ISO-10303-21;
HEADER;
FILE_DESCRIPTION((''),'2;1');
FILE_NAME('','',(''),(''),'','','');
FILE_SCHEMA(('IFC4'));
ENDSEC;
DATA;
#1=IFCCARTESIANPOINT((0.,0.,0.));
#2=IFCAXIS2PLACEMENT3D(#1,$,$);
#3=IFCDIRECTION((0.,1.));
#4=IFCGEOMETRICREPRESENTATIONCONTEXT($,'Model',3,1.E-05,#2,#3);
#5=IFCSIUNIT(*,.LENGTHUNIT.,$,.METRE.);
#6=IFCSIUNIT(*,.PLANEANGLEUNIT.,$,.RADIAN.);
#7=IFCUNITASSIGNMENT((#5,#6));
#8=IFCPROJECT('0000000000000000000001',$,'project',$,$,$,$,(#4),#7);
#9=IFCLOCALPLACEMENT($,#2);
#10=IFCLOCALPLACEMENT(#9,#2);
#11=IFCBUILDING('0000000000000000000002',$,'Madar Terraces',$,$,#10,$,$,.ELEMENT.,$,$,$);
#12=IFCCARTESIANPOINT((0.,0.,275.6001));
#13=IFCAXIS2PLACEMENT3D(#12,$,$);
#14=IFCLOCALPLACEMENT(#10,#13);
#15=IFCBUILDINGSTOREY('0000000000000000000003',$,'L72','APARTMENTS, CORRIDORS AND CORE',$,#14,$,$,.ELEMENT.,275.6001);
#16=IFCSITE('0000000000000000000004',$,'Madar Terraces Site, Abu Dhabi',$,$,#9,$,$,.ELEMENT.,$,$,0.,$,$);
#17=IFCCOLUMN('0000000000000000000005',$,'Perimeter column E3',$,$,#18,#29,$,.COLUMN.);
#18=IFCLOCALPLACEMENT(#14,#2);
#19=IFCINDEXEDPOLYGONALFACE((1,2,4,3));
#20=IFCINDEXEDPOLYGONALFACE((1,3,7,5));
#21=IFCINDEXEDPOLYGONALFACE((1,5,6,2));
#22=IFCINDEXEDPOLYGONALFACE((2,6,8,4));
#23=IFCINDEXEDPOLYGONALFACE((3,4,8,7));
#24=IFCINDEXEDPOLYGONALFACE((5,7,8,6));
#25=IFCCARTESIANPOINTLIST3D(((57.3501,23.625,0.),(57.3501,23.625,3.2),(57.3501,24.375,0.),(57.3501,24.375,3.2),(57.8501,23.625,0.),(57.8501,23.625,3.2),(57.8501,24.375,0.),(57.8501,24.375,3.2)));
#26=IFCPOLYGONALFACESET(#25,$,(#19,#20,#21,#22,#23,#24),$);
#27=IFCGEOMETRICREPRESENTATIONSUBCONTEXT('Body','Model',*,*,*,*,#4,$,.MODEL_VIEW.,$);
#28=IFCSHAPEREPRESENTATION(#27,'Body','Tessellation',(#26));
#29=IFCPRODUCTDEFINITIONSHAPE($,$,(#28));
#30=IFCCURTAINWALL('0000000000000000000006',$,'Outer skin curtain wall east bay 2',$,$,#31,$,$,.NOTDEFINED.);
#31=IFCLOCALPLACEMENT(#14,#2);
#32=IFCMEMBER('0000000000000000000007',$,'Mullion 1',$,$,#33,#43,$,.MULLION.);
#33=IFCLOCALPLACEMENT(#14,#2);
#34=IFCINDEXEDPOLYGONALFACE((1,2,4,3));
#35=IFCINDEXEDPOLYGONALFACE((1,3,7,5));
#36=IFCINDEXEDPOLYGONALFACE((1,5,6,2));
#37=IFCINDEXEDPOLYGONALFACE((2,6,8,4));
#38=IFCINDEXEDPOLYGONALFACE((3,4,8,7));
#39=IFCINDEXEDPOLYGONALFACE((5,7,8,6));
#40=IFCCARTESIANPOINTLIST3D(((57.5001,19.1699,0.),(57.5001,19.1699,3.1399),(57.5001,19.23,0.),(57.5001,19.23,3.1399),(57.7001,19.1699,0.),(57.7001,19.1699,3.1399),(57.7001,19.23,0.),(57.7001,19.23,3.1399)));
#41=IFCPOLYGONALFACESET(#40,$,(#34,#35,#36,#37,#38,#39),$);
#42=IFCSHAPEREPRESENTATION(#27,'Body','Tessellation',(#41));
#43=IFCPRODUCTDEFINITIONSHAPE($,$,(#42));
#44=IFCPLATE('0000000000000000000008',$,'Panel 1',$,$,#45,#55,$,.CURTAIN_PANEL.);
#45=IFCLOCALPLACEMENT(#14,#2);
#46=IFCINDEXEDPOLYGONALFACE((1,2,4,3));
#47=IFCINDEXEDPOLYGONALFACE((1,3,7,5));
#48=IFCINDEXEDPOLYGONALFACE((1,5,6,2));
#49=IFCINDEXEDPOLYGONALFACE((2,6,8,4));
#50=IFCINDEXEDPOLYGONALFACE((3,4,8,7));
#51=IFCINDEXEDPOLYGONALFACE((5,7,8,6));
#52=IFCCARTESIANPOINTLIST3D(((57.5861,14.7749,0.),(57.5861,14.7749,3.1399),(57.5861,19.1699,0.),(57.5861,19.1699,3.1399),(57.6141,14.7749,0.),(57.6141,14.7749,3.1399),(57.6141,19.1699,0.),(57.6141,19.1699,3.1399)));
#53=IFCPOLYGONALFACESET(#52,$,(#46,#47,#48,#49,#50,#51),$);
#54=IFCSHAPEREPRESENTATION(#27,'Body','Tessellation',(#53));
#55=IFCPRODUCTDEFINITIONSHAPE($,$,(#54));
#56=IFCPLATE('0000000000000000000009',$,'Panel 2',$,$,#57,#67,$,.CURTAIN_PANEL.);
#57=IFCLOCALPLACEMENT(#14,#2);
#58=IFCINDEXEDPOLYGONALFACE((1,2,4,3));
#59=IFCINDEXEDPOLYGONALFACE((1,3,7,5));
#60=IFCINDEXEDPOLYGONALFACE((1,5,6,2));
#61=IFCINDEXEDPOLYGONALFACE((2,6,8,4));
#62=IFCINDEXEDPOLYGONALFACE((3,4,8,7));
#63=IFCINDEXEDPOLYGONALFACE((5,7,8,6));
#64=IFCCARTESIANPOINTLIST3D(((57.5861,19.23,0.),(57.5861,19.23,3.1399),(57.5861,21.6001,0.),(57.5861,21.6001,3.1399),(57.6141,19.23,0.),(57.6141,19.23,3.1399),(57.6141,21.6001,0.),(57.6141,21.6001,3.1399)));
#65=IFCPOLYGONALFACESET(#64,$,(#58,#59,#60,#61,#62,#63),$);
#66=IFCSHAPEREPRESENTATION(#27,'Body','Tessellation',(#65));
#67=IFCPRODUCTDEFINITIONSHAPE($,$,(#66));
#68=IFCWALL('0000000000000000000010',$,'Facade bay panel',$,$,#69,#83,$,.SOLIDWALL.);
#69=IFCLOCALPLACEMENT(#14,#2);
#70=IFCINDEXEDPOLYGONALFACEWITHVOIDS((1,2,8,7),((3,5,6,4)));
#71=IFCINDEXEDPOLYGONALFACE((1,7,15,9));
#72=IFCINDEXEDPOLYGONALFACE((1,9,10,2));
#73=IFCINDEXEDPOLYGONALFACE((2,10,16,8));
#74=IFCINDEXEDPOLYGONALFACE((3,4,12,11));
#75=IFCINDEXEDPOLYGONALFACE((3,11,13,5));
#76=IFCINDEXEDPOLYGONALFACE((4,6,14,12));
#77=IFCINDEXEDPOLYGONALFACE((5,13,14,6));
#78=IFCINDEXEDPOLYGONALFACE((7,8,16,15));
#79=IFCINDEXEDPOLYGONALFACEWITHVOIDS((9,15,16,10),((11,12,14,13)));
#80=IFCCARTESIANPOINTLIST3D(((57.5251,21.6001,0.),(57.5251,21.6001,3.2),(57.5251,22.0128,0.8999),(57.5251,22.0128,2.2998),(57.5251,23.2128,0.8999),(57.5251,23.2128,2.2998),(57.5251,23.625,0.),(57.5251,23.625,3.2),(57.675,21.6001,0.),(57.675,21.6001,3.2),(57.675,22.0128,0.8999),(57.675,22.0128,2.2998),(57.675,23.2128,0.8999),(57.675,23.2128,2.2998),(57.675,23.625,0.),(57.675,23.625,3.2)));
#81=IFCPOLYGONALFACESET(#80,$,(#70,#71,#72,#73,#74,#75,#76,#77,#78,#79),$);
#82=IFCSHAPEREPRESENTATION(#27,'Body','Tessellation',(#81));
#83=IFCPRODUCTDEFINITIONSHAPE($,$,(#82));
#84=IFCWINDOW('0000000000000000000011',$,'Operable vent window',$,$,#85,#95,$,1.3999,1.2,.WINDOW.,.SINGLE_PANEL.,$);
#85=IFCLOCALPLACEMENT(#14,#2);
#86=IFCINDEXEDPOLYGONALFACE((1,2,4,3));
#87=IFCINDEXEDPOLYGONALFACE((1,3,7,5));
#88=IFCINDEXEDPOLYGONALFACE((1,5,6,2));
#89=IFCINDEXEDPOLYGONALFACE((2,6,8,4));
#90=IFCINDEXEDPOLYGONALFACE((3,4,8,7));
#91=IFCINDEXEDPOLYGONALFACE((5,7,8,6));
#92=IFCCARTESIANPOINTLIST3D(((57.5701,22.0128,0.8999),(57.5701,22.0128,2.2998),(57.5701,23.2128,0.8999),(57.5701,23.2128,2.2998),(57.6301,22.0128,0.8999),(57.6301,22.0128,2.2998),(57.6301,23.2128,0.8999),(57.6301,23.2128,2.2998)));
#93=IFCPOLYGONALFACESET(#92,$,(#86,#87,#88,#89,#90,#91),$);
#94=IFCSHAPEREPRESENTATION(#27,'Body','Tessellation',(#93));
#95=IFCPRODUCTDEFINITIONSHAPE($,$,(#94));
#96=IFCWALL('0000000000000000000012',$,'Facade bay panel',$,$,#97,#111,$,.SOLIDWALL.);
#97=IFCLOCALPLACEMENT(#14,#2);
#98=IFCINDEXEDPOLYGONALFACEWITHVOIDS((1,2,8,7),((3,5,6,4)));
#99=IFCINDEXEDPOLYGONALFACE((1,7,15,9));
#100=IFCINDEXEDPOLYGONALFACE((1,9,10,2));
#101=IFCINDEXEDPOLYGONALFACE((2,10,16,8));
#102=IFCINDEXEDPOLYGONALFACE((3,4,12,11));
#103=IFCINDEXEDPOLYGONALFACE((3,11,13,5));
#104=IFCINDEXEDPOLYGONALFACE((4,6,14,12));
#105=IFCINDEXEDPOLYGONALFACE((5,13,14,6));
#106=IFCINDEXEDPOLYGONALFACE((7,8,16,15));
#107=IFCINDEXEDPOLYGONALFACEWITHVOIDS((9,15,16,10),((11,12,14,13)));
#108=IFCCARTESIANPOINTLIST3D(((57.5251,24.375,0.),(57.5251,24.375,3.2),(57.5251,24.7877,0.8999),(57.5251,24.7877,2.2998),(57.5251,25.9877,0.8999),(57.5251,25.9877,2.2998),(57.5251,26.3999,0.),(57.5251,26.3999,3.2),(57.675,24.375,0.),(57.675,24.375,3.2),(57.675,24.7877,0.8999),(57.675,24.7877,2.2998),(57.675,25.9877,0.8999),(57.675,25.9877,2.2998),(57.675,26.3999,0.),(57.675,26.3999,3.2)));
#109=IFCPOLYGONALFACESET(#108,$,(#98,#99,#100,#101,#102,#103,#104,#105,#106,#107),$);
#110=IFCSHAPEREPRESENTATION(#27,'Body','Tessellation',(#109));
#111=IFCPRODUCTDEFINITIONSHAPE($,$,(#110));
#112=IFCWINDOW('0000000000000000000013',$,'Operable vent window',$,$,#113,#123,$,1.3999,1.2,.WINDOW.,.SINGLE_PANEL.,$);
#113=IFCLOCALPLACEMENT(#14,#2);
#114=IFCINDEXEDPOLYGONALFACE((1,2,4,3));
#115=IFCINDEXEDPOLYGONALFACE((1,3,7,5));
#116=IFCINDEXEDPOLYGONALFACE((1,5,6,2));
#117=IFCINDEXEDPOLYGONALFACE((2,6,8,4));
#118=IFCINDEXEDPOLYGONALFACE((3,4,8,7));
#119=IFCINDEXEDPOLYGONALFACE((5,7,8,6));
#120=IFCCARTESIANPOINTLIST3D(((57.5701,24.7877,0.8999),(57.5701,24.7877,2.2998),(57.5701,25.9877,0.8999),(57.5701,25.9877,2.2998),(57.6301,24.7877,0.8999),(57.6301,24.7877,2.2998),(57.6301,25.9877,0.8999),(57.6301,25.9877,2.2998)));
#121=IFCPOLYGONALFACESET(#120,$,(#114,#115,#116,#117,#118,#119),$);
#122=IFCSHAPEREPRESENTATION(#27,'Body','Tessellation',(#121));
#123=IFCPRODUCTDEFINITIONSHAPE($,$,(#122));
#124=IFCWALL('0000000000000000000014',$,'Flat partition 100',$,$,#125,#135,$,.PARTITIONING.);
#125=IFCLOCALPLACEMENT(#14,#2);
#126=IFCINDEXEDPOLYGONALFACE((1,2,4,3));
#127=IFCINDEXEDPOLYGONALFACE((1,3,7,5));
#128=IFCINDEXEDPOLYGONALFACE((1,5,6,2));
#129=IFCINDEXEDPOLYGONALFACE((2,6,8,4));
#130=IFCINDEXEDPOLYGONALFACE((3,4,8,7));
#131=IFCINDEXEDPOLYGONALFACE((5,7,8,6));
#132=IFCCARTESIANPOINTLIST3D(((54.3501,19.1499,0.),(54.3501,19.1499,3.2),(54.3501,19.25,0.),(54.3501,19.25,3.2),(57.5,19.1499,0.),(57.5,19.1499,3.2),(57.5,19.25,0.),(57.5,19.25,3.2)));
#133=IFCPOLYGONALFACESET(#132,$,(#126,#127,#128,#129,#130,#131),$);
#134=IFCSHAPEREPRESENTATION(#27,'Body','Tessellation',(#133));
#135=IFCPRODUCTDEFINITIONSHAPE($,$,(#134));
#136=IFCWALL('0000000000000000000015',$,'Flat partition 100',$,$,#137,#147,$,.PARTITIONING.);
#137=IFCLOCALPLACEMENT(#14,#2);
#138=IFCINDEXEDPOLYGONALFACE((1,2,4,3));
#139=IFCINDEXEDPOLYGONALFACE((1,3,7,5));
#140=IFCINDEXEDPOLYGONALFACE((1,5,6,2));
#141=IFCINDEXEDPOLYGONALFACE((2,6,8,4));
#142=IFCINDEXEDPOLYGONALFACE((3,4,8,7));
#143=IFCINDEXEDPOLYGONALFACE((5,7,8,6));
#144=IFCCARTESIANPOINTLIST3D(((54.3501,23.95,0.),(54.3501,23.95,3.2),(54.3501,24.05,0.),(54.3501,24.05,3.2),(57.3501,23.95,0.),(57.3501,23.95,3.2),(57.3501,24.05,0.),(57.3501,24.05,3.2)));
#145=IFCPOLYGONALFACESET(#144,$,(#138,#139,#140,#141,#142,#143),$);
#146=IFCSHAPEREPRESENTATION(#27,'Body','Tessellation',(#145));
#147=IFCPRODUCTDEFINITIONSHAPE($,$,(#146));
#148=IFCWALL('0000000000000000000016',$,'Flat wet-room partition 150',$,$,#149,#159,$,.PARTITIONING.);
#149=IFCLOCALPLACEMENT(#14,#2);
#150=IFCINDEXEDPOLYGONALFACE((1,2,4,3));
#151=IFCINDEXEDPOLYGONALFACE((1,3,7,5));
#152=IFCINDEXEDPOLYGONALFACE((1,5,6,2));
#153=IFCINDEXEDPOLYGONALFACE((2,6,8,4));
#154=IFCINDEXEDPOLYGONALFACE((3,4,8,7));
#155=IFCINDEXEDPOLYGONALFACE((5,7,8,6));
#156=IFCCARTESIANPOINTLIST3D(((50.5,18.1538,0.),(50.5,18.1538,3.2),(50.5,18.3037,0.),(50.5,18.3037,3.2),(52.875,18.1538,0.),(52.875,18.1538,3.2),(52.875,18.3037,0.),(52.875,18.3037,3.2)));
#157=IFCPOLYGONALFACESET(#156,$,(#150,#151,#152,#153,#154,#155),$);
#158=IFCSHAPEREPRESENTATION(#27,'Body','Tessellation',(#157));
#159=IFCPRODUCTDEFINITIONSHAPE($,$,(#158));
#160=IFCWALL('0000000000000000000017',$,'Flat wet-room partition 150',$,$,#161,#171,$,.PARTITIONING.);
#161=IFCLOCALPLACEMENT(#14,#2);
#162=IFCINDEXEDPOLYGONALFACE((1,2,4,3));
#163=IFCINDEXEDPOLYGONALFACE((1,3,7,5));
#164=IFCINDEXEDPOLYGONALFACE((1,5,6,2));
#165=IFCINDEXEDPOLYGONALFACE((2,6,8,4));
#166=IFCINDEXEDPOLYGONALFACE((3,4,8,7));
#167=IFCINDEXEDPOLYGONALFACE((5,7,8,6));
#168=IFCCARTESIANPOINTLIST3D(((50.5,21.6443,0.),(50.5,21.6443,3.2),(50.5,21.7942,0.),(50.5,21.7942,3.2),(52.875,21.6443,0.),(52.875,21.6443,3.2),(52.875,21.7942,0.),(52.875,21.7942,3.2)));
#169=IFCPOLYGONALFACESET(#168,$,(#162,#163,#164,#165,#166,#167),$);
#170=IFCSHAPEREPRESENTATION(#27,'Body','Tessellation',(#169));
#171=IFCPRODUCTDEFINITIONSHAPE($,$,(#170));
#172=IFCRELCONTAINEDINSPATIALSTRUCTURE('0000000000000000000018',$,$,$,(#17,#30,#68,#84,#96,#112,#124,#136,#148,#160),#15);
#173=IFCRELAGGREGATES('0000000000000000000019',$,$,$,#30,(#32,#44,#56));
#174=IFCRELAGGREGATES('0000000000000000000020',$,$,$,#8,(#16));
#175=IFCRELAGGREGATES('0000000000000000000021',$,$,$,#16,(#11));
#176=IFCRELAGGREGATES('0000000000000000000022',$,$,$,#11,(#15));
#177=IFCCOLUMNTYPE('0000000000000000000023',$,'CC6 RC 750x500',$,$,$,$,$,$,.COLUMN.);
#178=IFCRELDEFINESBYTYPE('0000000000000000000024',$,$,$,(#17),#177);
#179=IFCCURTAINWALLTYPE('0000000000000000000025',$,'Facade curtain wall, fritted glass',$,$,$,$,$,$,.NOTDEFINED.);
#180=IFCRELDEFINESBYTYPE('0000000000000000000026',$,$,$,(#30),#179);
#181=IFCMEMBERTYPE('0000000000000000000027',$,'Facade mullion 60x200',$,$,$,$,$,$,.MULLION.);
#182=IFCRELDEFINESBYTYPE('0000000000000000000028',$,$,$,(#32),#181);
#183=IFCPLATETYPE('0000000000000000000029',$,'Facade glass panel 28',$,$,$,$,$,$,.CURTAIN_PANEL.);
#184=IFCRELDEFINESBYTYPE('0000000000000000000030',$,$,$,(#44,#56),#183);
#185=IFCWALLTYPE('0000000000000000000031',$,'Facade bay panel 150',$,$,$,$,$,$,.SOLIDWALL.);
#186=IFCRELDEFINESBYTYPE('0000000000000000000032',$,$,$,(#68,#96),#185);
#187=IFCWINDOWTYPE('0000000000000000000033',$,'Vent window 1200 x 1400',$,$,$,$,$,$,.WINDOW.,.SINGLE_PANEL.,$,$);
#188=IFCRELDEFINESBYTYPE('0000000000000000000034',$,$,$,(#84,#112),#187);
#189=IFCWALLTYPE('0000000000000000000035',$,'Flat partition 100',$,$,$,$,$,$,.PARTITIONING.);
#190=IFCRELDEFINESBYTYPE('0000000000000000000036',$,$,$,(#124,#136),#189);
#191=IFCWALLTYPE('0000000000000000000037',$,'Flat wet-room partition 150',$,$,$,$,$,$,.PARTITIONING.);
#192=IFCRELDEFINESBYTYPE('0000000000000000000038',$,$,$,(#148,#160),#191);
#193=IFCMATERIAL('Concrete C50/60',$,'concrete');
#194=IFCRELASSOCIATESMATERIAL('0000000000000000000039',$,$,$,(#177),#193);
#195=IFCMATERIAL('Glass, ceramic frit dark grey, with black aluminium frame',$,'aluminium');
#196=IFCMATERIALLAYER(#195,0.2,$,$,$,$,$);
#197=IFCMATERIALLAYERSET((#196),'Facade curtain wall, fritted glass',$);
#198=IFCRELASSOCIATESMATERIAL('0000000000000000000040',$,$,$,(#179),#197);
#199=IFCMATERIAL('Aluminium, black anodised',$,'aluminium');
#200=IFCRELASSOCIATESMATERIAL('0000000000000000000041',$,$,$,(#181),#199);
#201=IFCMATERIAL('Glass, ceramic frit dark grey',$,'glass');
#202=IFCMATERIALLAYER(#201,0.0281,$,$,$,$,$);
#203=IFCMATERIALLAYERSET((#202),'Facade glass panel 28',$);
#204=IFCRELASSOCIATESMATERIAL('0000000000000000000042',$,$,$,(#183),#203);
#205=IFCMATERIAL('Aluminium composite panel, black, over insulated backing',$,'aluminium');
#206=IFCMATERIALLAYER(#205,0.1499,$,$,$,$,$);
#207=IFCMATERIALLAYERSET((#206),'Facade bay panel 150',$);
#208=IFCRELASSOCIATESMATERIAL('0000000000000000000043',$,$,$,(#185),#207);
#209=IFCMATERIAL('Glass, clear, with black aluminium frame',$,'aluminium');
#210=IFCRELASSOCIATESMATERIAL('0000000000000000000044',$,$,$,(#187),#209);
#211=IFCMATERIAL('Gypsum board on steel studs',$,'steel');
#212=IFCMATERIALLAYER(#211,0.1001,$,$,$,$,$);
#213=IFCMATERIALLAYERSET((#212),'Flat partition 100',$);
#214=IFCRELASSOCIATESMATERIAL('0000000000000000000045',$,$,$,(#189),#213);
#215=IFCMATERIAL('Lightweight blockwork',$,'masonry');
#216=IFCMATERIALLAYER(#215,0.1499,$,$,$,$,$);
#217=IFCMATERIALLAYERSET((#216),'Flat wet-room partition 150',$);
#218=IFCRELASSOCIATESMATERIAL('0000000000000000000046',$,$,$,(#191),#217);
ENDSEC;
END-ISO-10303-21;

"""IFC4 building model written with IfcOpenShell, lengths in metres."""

from ifc_helpers import new_model, si_unit, direction, frame, frame_2d, origin, origin_2d, place, context, subcontext, project, spatial, rectangle, extrude, material, layer, layer_set, material_profile, profile_set, type_object, element, fill, aggregate, save


model = new_model("IFC4")

# Units and contexts
model_context = context("Model", 3, precision=1e-05, world=origin(), true_north=direction((0.0, 1.0)))
body_context = subcontext(model_context, "Body", "Model", "MODEL_VIEW")
ifc_project = project(units=[si_unit("LENGTHUNIT", "METRE"), si_unit("PLANEANGLEUNIT", "RADIAN")], contexts=[model_context])

# Site, building, storey
site_placement = place(None, origin())
site = spatial("IfcSite", under=ifc_project, at=site_placement, Name="Madar Terraces Site, Abu Dhabi", CompositionType="ELEMENT", RefElevation=0.0)
building_placement = place(site_placement, origin())
building = spatial("IfcBuilding", under=site, at=building_placement, Name="Madar Terraces", CompositionType="ELEMENT")
storey_placement = place(building_placement, frame((0.0, 0.0, 275.6001)))
storey = spatial("IfcBuildingStorey", under=building, at=storey_placement, Name="L72", Description="APARTMENTS, CORRIDORS AND CORE", CompositionType="ELEMENT", Elevation=275.6001)

# Column
ifc_material_1 = material(Name="Concrete C50/60", Category="concrete")
ifc_material_profile_1 = material_profile(ifc_material_1, rectangle(XDim=0.75, YDim=0.5, at=origin_2d()), Name="CC6 RC 750x500")
ifc_profile_set_1 = profile_set([ifc_material_profile_1], Name="Concrete C50/60")
column_type = type_object("IfcColumnType", Name="CC6 RC 750x500", PredefinedType="COLUMN", material=ifc_profile_set_1)
column_placement = place(storey_placement, frame((57.6001, 24.0, 0.0), z_axis=(0.0, 0.0, 1.0), x_axis=(0.0, 1.0, 0.0)))
element("IfcColumn", 1, at=column_placement, inside=storey, type_object=column_type, Name="Perimeter column E3", PredefinedType="COLUMN", context=body_context, shape_type="SweptSolid", body=[
    extrude(rectangle(XDim=0.75, YDim=0.5, at=origin_2d()), origin(), (0.0, 0.0, 1.0), 3.2),
])

# Curtain wall, member, plates
ifc_material_2 = material(Name="Glass, ceramic frit dark grey, with black aluminium frame", Category="aluminium")
ifc_layer_1 = layer(ifc_material_2, 0.2)
ifc_layer_set_1 = layer_set([ifc_layer_1], Name="Facade curtain wall, fritted glass")
curtain_wall_type = type_object("IfcCurtainWallType", Name="Facade curtain wall, fritted glass", PredefinedType="NOTDEFINED", material=ifc_layer_set_1)
curtain_wall_placement = place(storey_placement, origin())
curtain_wall = element("IfcCurtainWall", 2, at=curtain_wall_placement, inside=storey, type_object=curtain_wall_type, Name="Outer skin curtain wall east bay 2", PredefinedType="NOTDEFINED")
ifc_material_3 = material(Name="Aluminium, black anodised", Category="aluminium")
ifc_material_profile_2 = material_profile(ifc_material_3, rectangle(XDim=0.2, YDim=0.0601, at=origin_2d()), Name="Facade mullion 60x200")
ifc_profile_set_2 = profile_set([ifc_material_profile_2], Name="Aluminium, black anodised")
member_type = type_object("IfcMemberType", Name="Facade mullion 60x200", PredefinedType="MULLION", material=ifc_profile_set_2)
member_placement = place(storey_placement, frame((57.6001, 19.2, 0.0), z_axis=(0.0, 0.0, 1.0), x_axis=(-1.0, 0.0, 0.0)))
member = element("IfcMember", 3, at=member_placement, type_object=member_type, Name="Mullion 1", PredefinedType="MULLION", context=body_context, shape_type="SweptSolid", body=[
    extrude(rectangle(XDim=0.2, YDim=0.0601, at=origin_2d()), origin(), (0.0, 0.0, 1.0), 3.1399),
])
ifc_material_4 = material(Name="Glass, ceramic frit dark grey", Category="glass")
ifc_layer_2 = layer(ifc_material_4, 0.0281)
ifc_layer_set_2 = layer_set([ifc_layer_2], Name="Facade glass panel 28")
plate_type = type_object("IfcPlateType", Name="Facade glass panel 28", PredefinedType="CURTAIN_PANEL", material=ifc_layer_set_2)
plate_1_placement = place(storey_placement, frame((57.6001, 16.9724, 0.0), z_axis=(0.0, 0.0, 1.0), x_axis=(0.0, 1.0, 0.0)))
plate_1 = element("IfcPlate", 4, at=plate_1_placement, type_object=plate_type, Name="Panel 1", PredefinedType="CURTAIN_PANEL", context=body_context, shape_type="SweptSolid", body=[
    extrude(rectangle(XDim=4.395, YDim=0.0281, at=origin_2d()), origin(), (0.0, 0.0, 1.0), 3.1399),
])
plate_2_placement = place(storey_placement, frame((57.6001, 20.415, 0.0), z_axis=(0.0, 0.0, 1.0), x_axis=(0.0, 1.0, 0.0)))
plate_2 = element("IfcPlate", 5, at=plate_2_placement, type_object=plate_type, Name="Panel 2", PredefinedType="CURTAIN_PANEL", context=body_context, shape_type="SweptSolid", body=[
    extrude(rectangle(XDim=2.3701, YDim=0.0281, at=origin_2d()), origin(), (0.0, 0.0, 1.0), 3.1399),
])
aggregate(curtain_wall, [member, plate_1, plate_2])

# Walls, openings, windows
ifc_material_5 = material(Name="Aluminium composite panel, black, over insulated backing", Category="aluminium")
ifc_layer_3 = layer(ifc_material_5, 0.1499)
ifc_layer_set_3 = layer_set([ifc_layer_3], Name="Facade bay panel 150")
wall_type_1 = type_object("IfcWallType", Name="Facade bay panel 150", PredefinedType="SOLIDWALL", material=ifc_layer_set_3)
wall_1_placement = place(storey_placement, frame((57.6001, 21.6001, 0.0), z_axis=(0.0, 0.0, 1.0), x_axis=(0.0, 1.0, 0.0)))
wall_1 = element("IfcWall", 6, at=wall_1_placement, inside=storey, type_object=wall_type_1, Name="Facade bay panel", PredefinedType="SOLIDWALL", context=body_context, shape_type="SweptSolid", body=[
    extrude(rectangle(XDim=2.0249, YDim=0.1499, at=frame_2d((1.0125, 0.0))), origin(), (0.0, 0.0, 1.0), 3.2),
])
opening_1_placement = place(wall_1_placement, frame((0.4126, 0.0, 0.8999)))
opening_1 = element("IfcOpeningElement", 7, at=opening_1_placement, cuts=wall_1, PredefinedType="OPENING", context=body_context, shape_type="SweptSolid", body=[
    extrude(rectangle(XDim=1.2, YDim=1.3999, at=frame_2d((0.6001, 0.7))), frame((0.0, 0.085, 0.0), z_axis=(0.0, -1.0, 0.0), x_axis=(1.0, 0.0, 0.0)), (0.0, 0.0, 1.0), 0.1699),
])
ifc_material_6 = material(Name="Glass, clear, with black aluminium frame", Category="aluminium")
window_type = type_object("IfcWindowType", Name="Vent window 1200 x 1400", PartitioningType="SINGLE_PANEL", PredefinedType="WINDOW", material=ifc_material_6)
window_1_placement = place(opening_1_placement, origin())
window_1 = element("IfcWindow", 8, at=window_1_placement, inside=storey, type_object=window_type, Name="Operable vent window", OverallHeight=1.3999, OverallWidth=1.2, PartitioningType="SINGLE_PANEL", PredefinedType="WINDOW", context=body_context, shape_type="SweptSolid", body=[
    extrude(rectangle(XDim=1.2, YDim=1.3999, at=frame_2d((0.6001, 0.7))), frame((0.0, 0.03, 0.0), z_axis=(0.0, -1.0, 0.0), x_axis=(1.0, 0.0, 0.0)), (0.0, 0.0, 1.0), 0.0601),
])
fill(opening_1, window_1)
wall_2_placement = place(storey_placement, frame((57.6001, 24.375, 0.0), z_axis=(0.0, 0.0, 1.0), x_axis=(0.0, 1.0, 0.0)))
wall_2 = element("IfcWall", 9, at=wall_2_placement, inside=storey, type_object=wall_type_1, Name="Facade bay panel", PredefinedType="SOLIDWALL", context=body_context, shape_type="SweptSolid", body=[
    extrude(rectangle(XDim=2.0249, YDim=0.1499, at=frame_2d((1.0125, 0.0))), origin(), (0.0, 0.0, 1.0), 3.2),
])
opening_2_placement = place(wall_2_placement, frame((0.4126, 0.0, 0.8999)))
opening_2 = element("IfcOpeningElement", 10, at=opening_2_placement, cuts=wall_2, PredefinedType="OPENING", context=body_context, shape_type="SweptSolid", body=[
    extrude(rectangle(XDim=1.2, YDim=1.3999, at=frame_2d((0.6001, 0.7))), frame((0.0, 0.085, 0.0), z_axis=(0.0, -1.0, 0.0), x_axis=(1.0, 0.0, 0.0)), (0.0, 0.0, 1.0), 0.1699),
])
window_2_placement = place(opening_2_placement, origin())
window_2 = element("IfcWindow", 11, at=window_2_placement, inside=storey, type_object=window_type, Name="Operable vent window", OverallHeight=1.3999, OverallWidth=1.2, PartitioningType="SINGLE_PANEL", PredefinedType="WINDOW", context=body_context, shape_type="SweptSolid", body=[
    extrude(rectangle(XDim=1.2, YDim=1.3999, at=frame_2d((0.6001, 0.7))), frame((0.0, 0.03, 0.0), z_axis=(0.0, -1.0, 0.0), x_axis=(1.0, 0.0, 0.0)), (0.0, 0.0, 1.0), 0.0601),
])
fill(opening_2, window_2)

# Walls
ifc_material_7 = material(Name="Gypsum board on steel studs", Category="steel")
ifc_layer_4 = layer(ifc_material_7, 0.1001)
ifc_layer_set_4 = layer_set([ifc_layer_4], Name="Flat partition 100")
wall_type_2 = type_object("IfcWallType", Name="Flat partition 100", PredefinedType="PARTITIONING", material=ifc_layer_set_4)
wall_3_placement = place(storey_placement, frame((54.3501, 19.2, 0.0), z_axis=(0.0, 0.0, 1.0), x_axis=(1.0, 0.0, 0.0)))
element("IfcWall", 12, at=wall_3_placement, inside=storey, type_object=wall_type_2, Name="Flat partition 100", PredefinedType="PARTITIONING", context=body_context, shape_type="SweptSolid", body=[
    extrude(rectangle(XDim=3.1499, YDim=0.1001, at=frame_2d((1.575, 0.0))), origin(), (0.0, 0.0, 1.0), 3.2),
])
wall_4_placement = place(storey_placement, frame((54.3501, 24.0, 0.0), z_axis=(0.0, 0.0, 1.0), x_axis=(1.0, 0.0, 0.0)))
element("IfcWall", 13, at=wall_4_placement, inside=storey, type_object=wall_type_2, Name="Flat partition 100", PredefinedType="PARTITIONING", context=body_context, shape_type="SweptSolid", body=[
    extrude(rectangle(XDim=3.0, YDim=0.1001, at=frame_2d((1.5, 0.0))), origin(), (0.0, 0.0, 1.0), 3.2),
])
ifc_material_8 = material(Name="Lightweight blockwork", Category="masonry")
ifc_layer_5 = layer(ifc_material_8, 0.1499)
ifc_layer_set_5 = layer_set([ifc_layer_5], Name="Flat wet-room partition 150")
wall_type_3 = type_object("IfcWallType", Name="Flat wet-room partition 150", PredefinedType="PARTITIONING", material=ifc_layer_set_5)
for number, where, z_axis, x_axis, name in (
    (14, (50.5, 18.2288, 0.0), (0.0, 0.0, 1.0), (1.0, 0.0, 0.0), "Flat wet-room partition 150"),
    (15, (50.5, 21.7192, 0.0), (0.0, 0.0, 1.0), (1.0, 0.0, 0.0), "Flat wet-room partition 150"),
):
    element("IfcWall", number, at=place(storey_placement, frame(where, z_axis=z_axis, x_axis=x_axis)), inside=storey, type_object=wall_type_3, Name=name, PredefinedType="PARTITIONING", context=body_context, shape_type="SweptSolid", body=[
        extrude(rectangle(XDim=2.375, YDim=0.1499, at=frame_2d((1.1875, 0.0))), origin(), (0.0, 0.0, 1.0), 3.2),
    ])

save(model, "model.ifc")
